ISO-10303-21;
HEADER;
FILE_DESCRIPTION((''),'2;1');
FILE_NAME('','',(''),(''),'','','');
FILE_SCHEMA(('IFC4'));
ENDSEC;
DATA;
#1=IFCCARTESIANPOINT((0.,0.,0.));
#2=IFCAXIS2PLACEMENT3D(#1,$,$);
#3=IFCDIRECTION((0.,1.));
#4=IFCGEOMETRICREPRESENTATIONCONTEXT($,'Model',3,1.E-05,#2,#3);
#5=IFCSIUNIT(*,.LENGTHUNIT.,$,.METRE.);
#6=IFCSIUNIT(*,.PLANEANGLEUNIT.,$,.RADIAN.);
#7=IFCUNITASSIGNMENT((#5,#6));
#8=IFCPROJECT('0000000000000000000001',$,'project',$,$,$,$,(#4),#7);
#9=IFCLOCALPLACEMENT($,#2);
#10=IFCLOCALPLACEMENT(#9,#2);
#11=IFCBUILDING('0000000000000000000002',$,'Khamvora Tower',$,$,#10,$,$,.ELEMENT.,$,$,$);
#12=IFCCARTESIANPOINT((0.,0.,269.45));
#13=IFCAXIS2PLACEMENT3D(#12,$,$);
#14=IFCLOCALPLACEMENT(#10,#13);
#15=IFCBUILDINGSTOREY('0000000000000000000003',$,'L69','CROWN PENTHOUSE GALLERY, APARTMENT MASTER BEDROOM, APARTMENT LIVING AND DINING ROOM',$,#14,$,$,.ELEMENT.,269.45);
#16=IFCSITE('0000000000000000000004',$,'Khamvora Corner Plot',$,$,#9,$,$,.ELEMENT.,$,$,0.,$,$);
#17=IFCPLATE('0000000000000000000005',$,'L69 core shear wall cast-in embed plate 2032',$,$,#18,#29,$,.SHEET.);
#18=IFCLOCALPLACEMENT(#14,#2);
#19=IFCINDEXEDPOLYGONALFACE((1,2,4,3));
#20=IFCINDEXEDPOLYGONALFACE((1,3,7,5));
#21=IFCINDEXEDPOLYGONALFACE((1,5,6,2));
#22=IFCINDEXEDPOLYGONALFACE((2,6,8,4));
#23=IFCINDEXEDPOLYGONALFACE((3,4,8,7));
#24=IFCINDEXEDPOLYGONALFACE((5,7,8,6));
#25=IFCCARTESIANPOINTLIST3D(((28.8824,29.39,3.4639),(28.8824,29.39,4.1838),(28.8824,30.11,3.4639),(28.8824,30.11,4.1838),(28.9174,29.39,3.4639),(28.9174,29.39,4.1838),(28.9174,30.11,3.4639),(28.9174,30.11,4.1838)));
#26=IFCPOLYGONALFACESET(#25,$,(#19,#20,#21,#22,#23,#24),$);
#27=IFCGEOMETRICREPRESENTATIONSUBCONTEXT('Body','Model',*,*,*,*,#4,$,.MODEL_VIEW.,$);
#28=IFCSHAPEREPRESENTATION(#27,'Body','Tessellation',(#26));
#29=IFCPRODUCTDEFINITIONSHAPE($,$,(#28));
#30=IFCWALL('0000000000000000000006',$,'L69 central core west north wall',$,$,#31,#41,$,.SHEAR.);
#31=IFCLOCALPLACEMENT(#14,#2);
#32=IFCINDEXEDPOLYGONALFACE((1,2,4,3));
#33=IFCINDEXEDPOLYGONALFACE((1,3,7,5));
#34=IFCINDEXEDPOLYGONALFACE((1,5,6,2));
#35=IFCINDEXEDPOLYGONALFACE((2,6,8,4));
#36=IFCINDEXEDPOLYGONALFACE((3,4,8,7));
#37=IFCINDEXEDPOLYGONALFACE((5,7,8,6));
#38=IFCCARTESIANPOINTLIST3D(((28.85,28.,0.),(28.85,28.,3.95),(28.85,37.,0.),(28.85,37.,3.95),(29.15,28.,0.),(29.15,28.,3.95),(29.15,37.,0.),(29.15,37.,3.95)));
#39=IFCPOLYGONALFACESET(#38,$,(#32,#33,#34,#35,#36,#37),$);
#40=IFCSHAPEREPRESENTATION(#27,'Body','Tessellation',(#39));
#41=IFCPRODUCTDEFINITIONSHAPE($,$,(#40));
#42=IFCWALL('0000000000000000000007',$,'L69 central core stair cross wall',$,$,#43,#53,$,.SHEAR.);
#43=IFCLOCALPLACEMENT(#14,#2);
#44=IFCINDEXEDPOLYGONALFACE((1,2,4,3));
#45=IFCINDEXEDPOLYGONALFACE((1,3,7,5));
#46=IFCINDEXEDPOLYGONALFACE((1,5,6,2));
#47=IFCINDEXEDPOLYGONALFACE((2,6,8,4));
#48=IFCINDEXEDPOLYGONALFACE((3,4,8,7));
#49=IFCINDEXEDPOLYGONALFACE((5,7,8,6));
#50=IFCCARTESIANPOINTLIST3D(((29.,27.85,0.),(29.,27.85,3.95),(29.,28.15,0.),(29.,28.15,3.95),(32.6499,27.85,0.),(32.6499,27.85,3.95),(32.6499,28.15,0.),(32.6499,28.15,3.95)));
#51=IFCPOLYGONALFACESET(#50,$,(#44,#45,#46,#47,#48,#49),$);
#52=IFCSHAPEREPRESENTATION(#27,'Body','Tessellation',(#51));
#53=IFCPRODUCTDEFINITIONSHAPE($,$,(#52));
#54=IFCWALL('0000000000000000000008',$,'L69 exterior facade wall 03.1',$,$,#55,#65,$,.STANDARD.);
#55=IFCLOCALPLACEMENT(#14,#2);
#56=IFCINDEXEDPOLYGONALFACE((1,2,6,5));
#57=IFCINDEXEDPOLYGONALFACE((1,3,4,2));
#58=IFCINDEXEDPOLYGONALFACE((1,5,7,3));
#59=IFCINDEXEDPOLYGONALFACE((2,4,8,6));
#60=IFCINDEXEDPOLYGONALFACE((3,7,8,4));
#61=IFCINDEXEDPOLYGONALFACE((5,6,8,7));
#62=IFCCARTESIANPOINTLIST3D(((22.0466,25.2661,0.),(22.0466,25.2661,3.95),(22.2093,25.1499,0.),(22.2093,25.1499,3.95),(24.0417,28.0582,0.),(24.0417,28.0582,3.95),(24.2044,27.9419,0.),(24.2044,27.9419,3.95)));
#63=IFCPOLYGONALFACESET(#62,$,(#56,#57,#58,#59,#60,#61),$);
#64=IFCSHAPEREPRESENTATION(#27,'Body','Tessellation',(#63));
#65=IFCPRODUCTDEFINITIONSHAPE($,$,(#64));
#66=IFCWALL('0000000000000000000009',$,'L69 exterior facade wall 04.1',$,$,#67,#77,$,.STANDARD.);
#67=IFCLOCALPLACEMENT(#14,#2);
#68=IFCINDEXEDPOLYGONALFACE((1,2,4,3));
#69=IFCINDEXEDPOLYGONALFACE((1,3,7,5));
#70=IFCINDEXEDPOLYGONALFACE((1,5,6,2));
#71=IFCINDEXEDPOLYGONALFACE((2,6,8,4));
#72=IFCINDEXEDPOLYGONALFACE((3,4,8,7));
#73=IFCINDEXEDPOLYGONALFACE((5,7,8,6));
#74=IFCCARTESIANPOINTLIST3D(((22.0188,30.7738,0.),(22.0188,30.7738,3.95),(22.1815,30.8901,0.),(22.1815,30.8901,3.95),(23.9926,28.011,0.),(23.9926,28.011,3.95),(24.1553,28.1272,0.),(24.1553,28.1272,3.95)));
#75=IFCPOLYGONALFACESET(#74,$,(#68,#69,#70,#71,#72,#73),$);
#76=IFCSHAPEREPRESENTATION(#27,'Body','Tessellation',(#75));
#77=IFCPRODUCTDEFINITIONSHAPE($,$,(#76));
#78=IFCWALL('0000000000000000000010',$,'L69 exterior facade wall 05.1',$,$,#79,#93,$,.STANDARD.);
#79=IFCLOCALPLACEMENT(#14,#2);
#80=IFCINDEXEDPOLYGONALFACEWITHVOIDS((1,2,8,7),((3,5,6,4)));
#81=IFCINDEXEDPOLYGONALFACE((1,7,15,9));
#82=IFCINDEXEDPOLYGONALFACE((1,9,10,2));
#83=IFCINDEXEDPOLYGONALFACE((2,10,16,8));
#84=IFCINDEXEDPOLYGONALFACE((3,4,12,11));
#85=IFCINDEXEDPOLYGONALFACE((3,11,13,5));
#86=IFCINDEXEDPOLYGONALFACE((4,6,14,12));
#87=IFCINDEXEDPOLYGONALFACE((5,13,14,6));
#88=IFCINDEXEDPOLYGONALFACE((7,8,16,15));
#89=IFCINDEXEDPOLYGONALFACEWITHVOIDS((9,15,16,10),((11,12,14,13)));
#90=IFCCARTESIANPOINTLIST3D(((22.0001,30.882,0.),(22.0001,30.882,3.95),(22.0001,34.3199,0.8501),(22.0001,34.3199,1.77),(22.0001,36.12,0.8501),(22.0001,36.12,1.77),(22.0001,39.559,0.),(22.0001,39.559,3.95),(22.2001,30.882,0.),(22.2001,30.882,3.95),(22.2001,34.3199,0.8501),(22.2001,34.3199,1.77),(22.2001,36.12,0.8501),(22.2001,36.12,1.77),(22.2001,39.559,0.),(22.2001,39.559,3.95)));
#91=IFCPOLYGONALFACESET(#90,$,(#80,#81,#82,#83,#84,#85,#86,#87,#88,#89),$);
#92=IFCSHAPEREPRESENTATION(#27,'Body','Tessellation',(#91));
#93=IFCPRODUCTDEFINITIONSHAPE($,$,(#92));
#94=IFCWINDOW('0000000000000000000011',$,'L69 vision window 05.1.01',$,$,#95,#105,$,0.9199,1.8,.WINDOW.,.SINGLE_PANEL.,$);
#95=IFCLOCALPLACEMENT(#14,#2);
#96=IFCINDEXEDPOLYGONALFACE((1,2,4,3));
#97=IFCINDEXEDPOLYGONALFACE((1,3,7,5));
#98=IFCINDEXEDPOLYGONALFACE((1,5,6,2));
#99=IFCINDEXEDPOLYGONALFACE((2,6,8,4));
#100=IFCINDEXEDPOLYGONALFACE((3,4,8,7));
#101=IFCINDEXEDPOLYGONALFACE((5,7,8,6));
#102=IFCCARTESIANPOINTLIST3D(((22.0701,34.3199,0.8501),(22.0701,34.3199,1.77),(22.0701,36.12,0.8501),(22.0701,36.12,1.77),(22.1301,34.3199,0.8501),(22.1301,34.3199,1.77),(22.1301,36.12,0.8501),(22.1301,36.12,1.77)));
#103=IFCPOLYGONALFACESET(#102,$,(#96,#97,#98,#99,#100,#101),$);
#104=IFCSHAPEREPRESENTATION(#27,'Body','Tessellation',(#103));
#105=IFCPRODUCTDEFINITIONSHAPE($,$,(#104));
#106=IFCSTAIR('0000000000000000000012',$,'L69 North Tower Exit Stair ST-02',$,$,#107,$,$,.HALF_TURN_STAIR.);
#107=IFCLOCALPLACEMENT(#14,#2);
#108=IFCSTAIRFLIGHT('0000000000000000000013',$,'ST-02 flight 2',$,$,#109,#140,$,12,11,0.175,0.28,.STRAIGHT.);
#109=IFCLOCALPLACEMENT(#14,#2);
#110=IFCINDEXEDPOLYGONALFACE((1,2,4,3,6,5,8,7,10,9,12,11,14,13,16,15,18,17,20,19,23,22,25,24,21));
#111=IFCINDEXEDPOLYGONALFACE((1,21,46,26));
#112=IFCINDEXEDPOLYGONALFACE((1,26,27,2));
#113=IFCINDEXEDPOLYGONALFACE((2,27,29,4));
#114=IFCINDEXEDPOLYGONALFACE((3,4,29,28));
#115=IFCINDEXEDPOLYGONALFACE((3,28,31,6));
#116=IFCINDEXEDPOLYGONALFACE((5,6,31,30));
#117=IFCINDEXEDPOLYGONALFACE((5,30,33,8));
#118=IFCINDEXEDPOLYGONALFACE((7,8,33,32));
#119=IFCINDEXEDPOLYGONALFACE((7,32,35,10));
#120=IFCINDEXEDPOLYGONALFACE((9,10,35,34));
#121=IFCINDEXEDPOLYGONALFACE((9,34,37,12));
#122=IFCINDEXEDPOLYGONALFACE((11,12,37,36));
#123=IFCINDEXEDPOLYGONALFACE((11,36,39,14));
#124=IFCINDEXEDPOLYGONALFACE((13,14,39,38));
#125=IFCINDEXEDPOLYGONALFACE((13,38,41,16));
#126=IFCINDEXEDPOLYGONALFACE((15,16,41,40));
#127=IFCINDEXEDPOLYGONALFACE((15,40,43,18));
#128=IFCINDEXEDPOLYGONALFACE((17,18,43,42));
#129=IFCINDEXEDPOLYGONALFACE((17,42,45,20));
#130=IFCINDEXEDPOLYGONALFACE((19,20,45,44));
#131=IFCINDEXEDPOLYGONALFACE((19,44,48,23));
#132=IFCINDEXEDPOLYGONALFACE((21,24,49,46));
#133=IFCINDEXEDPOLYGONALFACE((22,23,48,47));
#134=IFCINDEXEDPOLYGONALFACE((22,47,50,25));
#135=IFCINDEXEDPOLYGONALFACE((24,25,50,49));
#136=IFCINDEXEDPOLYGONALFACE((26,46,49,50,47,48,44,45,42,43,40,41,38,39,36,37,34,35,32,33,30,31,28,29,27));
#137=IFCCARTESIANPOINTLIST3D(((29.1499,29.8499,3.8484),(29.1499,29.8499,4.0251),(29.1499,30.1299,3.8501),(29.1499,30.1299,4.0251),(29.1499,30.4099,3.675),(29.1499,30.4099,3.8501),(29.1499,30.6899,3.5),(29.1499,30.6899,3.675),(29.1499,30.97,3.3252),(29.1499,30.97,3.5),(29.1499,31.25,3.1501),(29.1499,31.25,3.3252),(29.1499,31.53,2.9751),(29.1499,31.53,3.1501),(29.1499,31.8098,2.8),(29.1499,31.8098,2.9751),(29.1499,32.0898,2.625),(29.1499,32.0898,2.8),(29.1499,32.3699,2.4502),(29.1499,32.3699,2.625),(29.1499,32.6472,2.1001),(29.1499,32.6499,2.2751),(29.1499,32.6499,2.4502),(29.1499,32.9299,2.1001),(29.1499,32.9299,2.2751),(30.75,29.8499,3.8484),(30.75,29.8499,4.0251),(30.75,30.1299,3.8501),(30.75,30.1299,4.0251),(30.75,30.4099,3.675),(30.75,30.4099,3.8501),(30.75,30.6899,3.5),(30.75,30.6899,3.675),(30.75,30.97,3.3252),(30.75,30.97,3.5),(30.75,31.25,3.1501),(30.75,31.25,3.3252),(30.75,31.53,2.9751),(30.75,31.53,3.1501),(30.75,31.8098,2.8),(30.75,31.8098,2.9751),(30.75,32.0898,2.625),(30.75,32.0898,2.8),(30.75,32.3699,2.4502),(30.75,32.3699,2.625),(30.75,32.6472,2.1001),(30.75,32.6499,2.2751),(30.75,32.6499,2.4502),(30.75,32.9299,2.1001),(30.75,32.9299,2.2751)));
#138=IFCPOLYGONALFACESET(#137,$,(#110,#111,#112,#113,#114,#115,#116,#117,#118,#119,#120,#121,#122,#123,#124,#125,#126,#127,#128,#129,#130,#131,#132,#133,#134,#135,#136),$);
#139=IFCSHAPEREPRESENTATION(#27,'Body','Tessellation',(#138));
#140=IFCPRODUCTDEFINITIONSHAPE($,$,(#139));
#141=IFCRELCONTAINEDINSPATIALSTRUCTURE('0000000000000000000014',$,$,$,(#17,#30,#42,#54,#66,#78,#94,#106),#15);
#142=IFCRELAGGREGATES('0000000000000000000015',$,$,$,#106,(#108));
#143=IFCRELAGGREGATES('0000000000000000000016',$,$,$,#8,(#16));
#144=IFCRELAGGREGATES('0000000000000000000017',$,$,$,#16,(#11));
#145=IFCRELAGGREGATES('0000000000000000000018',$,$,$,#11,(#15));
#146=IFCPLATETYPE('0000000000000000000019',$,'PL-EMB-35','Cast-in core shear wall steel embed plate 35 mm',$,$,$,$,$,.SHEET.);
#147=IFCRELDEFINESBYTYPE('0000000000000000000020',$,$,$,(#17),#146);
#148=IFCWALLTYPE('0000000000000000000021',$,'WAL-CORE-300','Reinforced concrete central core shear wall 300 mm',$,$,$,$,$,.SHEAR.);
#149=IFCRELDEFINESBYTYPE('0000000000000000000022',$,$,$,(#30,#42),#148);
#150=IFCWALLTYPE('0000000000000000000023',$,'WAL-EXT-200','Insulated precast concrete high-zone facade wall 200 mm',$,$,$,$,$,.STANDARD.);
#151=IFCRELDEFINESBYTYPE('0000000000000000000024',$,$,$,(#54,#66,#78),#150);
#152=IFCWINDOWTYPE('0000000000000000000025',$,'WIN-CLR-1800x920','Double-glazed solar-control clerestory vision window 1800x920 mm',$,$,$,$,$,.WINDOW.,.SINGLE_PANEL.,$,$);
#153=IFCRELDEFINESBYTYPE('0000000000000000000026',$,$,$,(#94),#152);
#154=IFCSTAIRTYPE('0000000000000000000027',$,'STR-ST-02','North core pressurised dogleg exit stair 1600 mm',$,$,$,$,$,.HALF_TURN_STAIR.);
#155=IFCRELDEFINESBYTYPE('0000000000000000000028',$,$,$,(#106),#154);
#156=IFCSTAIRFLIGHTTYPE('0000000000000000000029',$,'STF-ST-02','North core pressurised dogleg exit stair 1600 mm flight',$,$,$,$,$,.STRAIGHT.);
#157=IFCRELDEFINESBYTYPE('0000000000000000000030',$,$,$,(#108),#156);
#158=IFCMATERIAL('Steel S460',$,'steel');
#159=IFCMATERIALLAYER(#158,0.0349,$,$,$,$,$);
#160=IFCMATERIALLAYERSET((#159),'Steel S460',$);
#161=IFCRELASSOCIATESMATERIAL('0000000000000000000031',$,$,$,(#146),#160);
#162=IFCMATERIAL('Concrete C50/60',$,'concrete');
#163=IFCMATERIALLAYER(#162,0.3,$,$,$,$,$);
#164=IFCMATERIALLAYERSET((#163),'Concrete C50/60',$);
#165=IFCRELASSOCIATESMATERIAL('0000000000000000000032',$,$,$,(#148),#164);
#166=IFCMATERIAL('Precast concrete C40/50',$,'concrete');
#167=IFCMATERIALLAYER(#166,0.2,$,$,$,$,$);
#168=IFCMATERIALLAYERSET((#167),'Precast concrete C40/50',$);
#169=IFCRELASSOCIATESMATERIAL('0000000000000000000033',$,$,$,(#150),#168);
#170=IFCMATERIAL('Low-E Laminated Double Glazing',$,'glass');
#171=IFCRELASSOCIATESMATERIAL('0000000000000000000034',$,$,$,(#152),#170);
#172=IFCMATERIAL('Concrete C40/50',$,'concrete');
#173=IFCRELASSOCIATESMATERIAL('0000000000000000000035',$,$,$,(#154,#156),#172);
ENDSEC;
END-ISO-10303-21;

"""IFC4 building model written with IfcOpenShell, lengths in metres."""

from ifc_helpers import new_model, si_unit, direction, frame, frame_2d, origin, origin_2d, place, context, subcontext, project, spatial, polyline, rectangle, outline, extrude, material, layer, layer_set, type_object, element, fill, aggregate, save


model = new_model("IFC4")

# Units and contexts
model_context = context("Model", 3, precision=1e-05, world=origin(), true_north=direction((0.0, 1.0)))
body_context = subcontext(model_context, "Body", "Model", "MODEL_VIEW")
ifc_project = project(units=[si_unit("LENGTHUNIT", "METRE"), si_unit("PLANEANGLEUNIT", "RADIAN")], contexts=[model_context])

# Site, building, storey
site_placement = place(None, origin())
site = spatial("IfcSite", under=ifc_project, at=site_placement, Name="Khamvora Corner Plot", CompositionType="ELEMENT", RefElevation=0.0)
building_placement = place(site_placement, origin())
building = spatial("IfcBuilding", under=site, at=building_placement, Name="Khamvora Tower", CompositionType="ELEMENT")
storey_placement = place(building_placement, frame((0.0, 0.0, 269.45)))
storey = spatial("IfcBuildingStorey", under=building, at=storey_placement, Name="L69", Description="CROWN PENTHOUSE GALLERY, APARTMENT MASTER BEDROOM, APARTMENT LIVING AND DINING ROOM", CompositionType="ELEMENT", Elevation=269.45)

# Plate
ifc_material_1 = material(Name="Steel S460", Category="steel")
ifc_layer_1 = layer(ifc_material_1, 0.0349)
ifc_layer_set_1 = layer_set([ifc_layer_1], Name="Steel S460")
plate_type = type_object("IfcPlateType", Name="PL-EMB-35", Description="Cast-in core shear wall steel embed plate 35 mm", PredefinedType="SHEET", material=ifc_layer_set_1)
for number, where, z_axis, x_axis, name in (
    (1, (28.8999, 29.75, 3.4639), (0.0, 0.0, 1.0), (1.0, 0.0, 0.0), "L69 core shear wall cast-in embed plate 2032"),
):
    element("IfcPlate", number, at=place(storey_placement, frame(where, z_axis=z_axis, x_axis=x_axis)), inside=storey, type_object=plate_type, Name=name, PredefinedType="SHEET", context=body_context, shape_type="SweptSolid", body=[
        extrude(rectangle(XDim=0.0349, YDim=0.72, at=origin_2d()), origin(), (0.0, 0.0, 1.0), 0.72),
    ])

# Walls
ifc_material_2 = material(Name="Concrete C50/60", Category="concrete")
ifc_layer_2 = layer(ifc_material_2, 0.3)
ifc_layer_set_2 = layer_set([ifc_layer_2], Name="Concrete C50/60")
wall_type_1 = type_object("IfcWallType", Name="WAL-CORE-300", Description="Reinforced concrete central core shear wall 300 mm", PredefinedType="SHEAR", material=ifc_layer_set_2)
wall_1_placement = place(storey_placement, frame((29.0, 28.0, 0.0), z_axis=(0.0, 0.0, 1.0), x_axis=(0.0, 1.0, 0.0)))
element("IfcWall", 2, at=wall_1_placement, inside=storey, type_object=wall_type_1, Name="L69 central core west north wall", PredefinedType="SHEAR", context=body_context, shape_type="SweptSolid", body=[
    extrude(rectangle(XDim=9.0, YDim=0.3, at=frame_2d((4.5, 0.0))), origin(), (0.0, 0.0, 1.0), 3.95),
])
wall_2_placement = place(storey_placement, frame((29.0, 28.0, 0.0), z_axis=(0.0, 0.0, 1.0), x_axis=(1.0, 0.0, 0.0)))
element("IfcWall", 3, at=wall_2_placement, inside=storey, type_object=wall_type_1, Name="L69 central core stair cross wall", PredefinedType="SHEAR", context=body_context, shape_type="SweptSolid", body=[
    extrude(rectangle(XDim=3.6499, YDim=0.3, at=frame_2d((1.825, 0.0))), origin(), (0.0, 0.0, 1.0), 3.95),
])
ifc_material_3 = material(Name="Precast concrete C40/50", Category="concrete")
ifc_layer_3 = layer(ifc_material_3, 0.2)
ifc_layer_set_3 = layer_set([ifc_layer_3], Name="Precast concrete C40/50")
wall_type_2 = type_object("IfcWallType", Name="WAL-EXT-200", Description="Insulated precast concrete high-zone facade wall 200 mm", PredefinedType="STANDARD", material=ifc_layer_set_3)
wall_3_placement = place(storey_placement, frame((22.1279, 25.208, 0.0), z_axis=(0.0, 0.0, 1.0), x_axis=(0.5814, 0.813618, 0.0)))
element("IfcWall", 4, at=wall_3_placement, inside=storey, type_object=wall_type_2, Name="L69 exterior facade wall 03.1", PredefinedType="STANDARD", context=body_context, shape_type="SweptSolid", body=[
    extrude(rectangle(XDim=3.4316, YDim=0.2, at=frame_2d((1.7158, 0.0))), origin(), (0.0, 0.0, 1.0), 3.95),
])
wall_4_placement = place(storey_placement, frame((24.074, 28.0691, 0.0), z_axis=(0.0, 0.0, 1.0), x_axis=(-0.581306, 0.813685, 0.0)))
element("IfcWall", 5, at=wall_4_placement, inside=storey, type_object=wall_type_2, Name="L69 exterior facade wall 04.1", PredefinedType="STANDARD", context=body_context, shape_type="SweptSolid", body=[
    extrude(rectangle(XDim=3.3955, YDim=0.2, at=frame_2d((1.6978, 0.0))), origin(), (0.0, 0.0, 1.0), 3.95),
])

# Wall, opening, window
wall_5_placement = place(storey_placement, frame((22.1001, 30.8821, 0.0), z_axis=(0.0, 0.0, 1.0), x_axis=(0.0, 1.0, 0.0)))
wall_5 = element("IfcWall", 6, at=wall_5_placement, inside=storey, type_object=wall_type_2, Name="L69 exterior facade wall 05.1", PredefinedType="STANDARD", context=body_context, shape_type="SweptSolid", body=[
    extrude(rectangle(XDim=8.677, YDim=0.2, at=frame_2d((4.3384, 0.0))), origin(), (0.0, 0.0, 1.0), 3.95),
])
opening_placement = place(wall_5_placement, frame((3.438, 0.0, 0.8501)))
opening = element("IfcOpeningElement", 7, at=opening_placement, cuts=wall_5, PredefinedType="OPENING", context=body_context, shape_type="SweptSolid", body=[
    extrude(rectangle(XDim=1.8, YDim=0.9199, at=frame_2d((0.8999, 0.46))), frame((0.0, 0.1099, 0.0), z_axis=(0.0, -1.0, 0.0), x_axis=(1.0, 0.0, 0.0)), (0.0, 0.0, 1.0), 0.22),
])
ifc_material_4 = material(Name="Low-E Laminated Double Glazing", Category="glass")
window_type = type_object("IfcWindowType", Name="WIN-CLR-1800x920", Description="Double-glazed solar-control clerestory vision window 1800x920 mm", PartitioningType="SINGLE_PANEL", PredefinedType="WINDOW", material=ifc_material_4)
window_placement = place(opening_placement, origin())
window = element("IfcWindow", 8, at=window_placement, inside=storey, type_object=window_type, Name="L69 vision window 05.1.01", OverallHeight=0.9199, OverallWidth=1.8, PartitioningType="SINGLE_PANEL", PredefinedType="WINDOW", context=body_context, shape_type="SweptSolid", body=[
    extrude(rectangle(XDim=1.8, YDim=0.9199, at=frame_2d((0.8999, 0.46))), frame((0.0, 0.03, 0.0), z_axis=(0.0, -1.0, 0.0), x_axis=(1.0, 0.0, 0.0)), (0.0, 0.0, 1.0), 0.0601),
])
fill(opening, window)

# Stair, stair flight
ifc_material_5 = material(Name="Concrete C40/50", Category="concrete")
stair_type = type_object("IfcStairType", Name="STR-ST-02", Description="North core pressurised dogleg exit stair 1600 mm", PredefinedType="HALF_TURN_STAIR", material=ifc_material_5)
stair_placement = place(storey_placement, origin())
stair = element("IfcStair", 9, at=stair_placement, inside=storey, type_object=stair_type, Name="L69 North Tower Exit Stair ST-02", PredefinedType="HALF_TURN_STAIR")
stair_flight_type = type_object("IfcStairFlightType", Name="STF-ST-02", Description="North core pressurised dogleg exit stair 1600 mm flight", PredefinedType="STRAIGHT", material=ifc_material_5)
stair_flight_placement = place(storey_placement, frame((29.95, 32.9299, 2.1001), z_axis=(0.0, 0.0, 1.0), x_axis=(0.0, -1.0, 0.0)))
stair_flight = element("IfcStairFlight", 10, at=stair_flight_placement, type_object=stair_flight_type, Name="ST-02 flight 2", NumberOfRisers=12, NumberOfTreads=11, PredefinedType="STRAIGHT", RiserHeight=0.175, TreadLength=0.28, context=body_context, shape_type="SweptSolid", body=[
    extrude(outline(polyline([(0.0, 0.0), (0.0, 0.175), (0.28, 0.175), (0.28, 0.3501), (0.5601, 0.3501), (0.5601, 0.5249), (0.8401, 0.5249), (0.8401, 0.7), (1.1201, 0.7), (1.1201, 0.875), (1.3999, 0.875), (1.3999, 1.05), (1.6799, 1.05), (1.6799, 1.2251), (1.96, 1.2251), (1.96, 1.3999), (2.24, 1.3999), (2.24, 1.575), (2.52, 1.575), (2.52, 1.75), (2.8, 1.75), (2.8, 1.925), (3.0801, 1.925), (3.0801, 2.1001), (3.0801, 1.7483), (0.2827, 0.0), (0.0, 0.0)])), frame((0.0, 0.8, 0.0), z_axis=(0.0, -1.0, 0.0), x_axis=(1.0, 0.0, 0.0)), (0.0, 0.0, 1.0), 1.6001),
])
aggregate(stair, [stair_flight])

save(model, "model.ifc")
